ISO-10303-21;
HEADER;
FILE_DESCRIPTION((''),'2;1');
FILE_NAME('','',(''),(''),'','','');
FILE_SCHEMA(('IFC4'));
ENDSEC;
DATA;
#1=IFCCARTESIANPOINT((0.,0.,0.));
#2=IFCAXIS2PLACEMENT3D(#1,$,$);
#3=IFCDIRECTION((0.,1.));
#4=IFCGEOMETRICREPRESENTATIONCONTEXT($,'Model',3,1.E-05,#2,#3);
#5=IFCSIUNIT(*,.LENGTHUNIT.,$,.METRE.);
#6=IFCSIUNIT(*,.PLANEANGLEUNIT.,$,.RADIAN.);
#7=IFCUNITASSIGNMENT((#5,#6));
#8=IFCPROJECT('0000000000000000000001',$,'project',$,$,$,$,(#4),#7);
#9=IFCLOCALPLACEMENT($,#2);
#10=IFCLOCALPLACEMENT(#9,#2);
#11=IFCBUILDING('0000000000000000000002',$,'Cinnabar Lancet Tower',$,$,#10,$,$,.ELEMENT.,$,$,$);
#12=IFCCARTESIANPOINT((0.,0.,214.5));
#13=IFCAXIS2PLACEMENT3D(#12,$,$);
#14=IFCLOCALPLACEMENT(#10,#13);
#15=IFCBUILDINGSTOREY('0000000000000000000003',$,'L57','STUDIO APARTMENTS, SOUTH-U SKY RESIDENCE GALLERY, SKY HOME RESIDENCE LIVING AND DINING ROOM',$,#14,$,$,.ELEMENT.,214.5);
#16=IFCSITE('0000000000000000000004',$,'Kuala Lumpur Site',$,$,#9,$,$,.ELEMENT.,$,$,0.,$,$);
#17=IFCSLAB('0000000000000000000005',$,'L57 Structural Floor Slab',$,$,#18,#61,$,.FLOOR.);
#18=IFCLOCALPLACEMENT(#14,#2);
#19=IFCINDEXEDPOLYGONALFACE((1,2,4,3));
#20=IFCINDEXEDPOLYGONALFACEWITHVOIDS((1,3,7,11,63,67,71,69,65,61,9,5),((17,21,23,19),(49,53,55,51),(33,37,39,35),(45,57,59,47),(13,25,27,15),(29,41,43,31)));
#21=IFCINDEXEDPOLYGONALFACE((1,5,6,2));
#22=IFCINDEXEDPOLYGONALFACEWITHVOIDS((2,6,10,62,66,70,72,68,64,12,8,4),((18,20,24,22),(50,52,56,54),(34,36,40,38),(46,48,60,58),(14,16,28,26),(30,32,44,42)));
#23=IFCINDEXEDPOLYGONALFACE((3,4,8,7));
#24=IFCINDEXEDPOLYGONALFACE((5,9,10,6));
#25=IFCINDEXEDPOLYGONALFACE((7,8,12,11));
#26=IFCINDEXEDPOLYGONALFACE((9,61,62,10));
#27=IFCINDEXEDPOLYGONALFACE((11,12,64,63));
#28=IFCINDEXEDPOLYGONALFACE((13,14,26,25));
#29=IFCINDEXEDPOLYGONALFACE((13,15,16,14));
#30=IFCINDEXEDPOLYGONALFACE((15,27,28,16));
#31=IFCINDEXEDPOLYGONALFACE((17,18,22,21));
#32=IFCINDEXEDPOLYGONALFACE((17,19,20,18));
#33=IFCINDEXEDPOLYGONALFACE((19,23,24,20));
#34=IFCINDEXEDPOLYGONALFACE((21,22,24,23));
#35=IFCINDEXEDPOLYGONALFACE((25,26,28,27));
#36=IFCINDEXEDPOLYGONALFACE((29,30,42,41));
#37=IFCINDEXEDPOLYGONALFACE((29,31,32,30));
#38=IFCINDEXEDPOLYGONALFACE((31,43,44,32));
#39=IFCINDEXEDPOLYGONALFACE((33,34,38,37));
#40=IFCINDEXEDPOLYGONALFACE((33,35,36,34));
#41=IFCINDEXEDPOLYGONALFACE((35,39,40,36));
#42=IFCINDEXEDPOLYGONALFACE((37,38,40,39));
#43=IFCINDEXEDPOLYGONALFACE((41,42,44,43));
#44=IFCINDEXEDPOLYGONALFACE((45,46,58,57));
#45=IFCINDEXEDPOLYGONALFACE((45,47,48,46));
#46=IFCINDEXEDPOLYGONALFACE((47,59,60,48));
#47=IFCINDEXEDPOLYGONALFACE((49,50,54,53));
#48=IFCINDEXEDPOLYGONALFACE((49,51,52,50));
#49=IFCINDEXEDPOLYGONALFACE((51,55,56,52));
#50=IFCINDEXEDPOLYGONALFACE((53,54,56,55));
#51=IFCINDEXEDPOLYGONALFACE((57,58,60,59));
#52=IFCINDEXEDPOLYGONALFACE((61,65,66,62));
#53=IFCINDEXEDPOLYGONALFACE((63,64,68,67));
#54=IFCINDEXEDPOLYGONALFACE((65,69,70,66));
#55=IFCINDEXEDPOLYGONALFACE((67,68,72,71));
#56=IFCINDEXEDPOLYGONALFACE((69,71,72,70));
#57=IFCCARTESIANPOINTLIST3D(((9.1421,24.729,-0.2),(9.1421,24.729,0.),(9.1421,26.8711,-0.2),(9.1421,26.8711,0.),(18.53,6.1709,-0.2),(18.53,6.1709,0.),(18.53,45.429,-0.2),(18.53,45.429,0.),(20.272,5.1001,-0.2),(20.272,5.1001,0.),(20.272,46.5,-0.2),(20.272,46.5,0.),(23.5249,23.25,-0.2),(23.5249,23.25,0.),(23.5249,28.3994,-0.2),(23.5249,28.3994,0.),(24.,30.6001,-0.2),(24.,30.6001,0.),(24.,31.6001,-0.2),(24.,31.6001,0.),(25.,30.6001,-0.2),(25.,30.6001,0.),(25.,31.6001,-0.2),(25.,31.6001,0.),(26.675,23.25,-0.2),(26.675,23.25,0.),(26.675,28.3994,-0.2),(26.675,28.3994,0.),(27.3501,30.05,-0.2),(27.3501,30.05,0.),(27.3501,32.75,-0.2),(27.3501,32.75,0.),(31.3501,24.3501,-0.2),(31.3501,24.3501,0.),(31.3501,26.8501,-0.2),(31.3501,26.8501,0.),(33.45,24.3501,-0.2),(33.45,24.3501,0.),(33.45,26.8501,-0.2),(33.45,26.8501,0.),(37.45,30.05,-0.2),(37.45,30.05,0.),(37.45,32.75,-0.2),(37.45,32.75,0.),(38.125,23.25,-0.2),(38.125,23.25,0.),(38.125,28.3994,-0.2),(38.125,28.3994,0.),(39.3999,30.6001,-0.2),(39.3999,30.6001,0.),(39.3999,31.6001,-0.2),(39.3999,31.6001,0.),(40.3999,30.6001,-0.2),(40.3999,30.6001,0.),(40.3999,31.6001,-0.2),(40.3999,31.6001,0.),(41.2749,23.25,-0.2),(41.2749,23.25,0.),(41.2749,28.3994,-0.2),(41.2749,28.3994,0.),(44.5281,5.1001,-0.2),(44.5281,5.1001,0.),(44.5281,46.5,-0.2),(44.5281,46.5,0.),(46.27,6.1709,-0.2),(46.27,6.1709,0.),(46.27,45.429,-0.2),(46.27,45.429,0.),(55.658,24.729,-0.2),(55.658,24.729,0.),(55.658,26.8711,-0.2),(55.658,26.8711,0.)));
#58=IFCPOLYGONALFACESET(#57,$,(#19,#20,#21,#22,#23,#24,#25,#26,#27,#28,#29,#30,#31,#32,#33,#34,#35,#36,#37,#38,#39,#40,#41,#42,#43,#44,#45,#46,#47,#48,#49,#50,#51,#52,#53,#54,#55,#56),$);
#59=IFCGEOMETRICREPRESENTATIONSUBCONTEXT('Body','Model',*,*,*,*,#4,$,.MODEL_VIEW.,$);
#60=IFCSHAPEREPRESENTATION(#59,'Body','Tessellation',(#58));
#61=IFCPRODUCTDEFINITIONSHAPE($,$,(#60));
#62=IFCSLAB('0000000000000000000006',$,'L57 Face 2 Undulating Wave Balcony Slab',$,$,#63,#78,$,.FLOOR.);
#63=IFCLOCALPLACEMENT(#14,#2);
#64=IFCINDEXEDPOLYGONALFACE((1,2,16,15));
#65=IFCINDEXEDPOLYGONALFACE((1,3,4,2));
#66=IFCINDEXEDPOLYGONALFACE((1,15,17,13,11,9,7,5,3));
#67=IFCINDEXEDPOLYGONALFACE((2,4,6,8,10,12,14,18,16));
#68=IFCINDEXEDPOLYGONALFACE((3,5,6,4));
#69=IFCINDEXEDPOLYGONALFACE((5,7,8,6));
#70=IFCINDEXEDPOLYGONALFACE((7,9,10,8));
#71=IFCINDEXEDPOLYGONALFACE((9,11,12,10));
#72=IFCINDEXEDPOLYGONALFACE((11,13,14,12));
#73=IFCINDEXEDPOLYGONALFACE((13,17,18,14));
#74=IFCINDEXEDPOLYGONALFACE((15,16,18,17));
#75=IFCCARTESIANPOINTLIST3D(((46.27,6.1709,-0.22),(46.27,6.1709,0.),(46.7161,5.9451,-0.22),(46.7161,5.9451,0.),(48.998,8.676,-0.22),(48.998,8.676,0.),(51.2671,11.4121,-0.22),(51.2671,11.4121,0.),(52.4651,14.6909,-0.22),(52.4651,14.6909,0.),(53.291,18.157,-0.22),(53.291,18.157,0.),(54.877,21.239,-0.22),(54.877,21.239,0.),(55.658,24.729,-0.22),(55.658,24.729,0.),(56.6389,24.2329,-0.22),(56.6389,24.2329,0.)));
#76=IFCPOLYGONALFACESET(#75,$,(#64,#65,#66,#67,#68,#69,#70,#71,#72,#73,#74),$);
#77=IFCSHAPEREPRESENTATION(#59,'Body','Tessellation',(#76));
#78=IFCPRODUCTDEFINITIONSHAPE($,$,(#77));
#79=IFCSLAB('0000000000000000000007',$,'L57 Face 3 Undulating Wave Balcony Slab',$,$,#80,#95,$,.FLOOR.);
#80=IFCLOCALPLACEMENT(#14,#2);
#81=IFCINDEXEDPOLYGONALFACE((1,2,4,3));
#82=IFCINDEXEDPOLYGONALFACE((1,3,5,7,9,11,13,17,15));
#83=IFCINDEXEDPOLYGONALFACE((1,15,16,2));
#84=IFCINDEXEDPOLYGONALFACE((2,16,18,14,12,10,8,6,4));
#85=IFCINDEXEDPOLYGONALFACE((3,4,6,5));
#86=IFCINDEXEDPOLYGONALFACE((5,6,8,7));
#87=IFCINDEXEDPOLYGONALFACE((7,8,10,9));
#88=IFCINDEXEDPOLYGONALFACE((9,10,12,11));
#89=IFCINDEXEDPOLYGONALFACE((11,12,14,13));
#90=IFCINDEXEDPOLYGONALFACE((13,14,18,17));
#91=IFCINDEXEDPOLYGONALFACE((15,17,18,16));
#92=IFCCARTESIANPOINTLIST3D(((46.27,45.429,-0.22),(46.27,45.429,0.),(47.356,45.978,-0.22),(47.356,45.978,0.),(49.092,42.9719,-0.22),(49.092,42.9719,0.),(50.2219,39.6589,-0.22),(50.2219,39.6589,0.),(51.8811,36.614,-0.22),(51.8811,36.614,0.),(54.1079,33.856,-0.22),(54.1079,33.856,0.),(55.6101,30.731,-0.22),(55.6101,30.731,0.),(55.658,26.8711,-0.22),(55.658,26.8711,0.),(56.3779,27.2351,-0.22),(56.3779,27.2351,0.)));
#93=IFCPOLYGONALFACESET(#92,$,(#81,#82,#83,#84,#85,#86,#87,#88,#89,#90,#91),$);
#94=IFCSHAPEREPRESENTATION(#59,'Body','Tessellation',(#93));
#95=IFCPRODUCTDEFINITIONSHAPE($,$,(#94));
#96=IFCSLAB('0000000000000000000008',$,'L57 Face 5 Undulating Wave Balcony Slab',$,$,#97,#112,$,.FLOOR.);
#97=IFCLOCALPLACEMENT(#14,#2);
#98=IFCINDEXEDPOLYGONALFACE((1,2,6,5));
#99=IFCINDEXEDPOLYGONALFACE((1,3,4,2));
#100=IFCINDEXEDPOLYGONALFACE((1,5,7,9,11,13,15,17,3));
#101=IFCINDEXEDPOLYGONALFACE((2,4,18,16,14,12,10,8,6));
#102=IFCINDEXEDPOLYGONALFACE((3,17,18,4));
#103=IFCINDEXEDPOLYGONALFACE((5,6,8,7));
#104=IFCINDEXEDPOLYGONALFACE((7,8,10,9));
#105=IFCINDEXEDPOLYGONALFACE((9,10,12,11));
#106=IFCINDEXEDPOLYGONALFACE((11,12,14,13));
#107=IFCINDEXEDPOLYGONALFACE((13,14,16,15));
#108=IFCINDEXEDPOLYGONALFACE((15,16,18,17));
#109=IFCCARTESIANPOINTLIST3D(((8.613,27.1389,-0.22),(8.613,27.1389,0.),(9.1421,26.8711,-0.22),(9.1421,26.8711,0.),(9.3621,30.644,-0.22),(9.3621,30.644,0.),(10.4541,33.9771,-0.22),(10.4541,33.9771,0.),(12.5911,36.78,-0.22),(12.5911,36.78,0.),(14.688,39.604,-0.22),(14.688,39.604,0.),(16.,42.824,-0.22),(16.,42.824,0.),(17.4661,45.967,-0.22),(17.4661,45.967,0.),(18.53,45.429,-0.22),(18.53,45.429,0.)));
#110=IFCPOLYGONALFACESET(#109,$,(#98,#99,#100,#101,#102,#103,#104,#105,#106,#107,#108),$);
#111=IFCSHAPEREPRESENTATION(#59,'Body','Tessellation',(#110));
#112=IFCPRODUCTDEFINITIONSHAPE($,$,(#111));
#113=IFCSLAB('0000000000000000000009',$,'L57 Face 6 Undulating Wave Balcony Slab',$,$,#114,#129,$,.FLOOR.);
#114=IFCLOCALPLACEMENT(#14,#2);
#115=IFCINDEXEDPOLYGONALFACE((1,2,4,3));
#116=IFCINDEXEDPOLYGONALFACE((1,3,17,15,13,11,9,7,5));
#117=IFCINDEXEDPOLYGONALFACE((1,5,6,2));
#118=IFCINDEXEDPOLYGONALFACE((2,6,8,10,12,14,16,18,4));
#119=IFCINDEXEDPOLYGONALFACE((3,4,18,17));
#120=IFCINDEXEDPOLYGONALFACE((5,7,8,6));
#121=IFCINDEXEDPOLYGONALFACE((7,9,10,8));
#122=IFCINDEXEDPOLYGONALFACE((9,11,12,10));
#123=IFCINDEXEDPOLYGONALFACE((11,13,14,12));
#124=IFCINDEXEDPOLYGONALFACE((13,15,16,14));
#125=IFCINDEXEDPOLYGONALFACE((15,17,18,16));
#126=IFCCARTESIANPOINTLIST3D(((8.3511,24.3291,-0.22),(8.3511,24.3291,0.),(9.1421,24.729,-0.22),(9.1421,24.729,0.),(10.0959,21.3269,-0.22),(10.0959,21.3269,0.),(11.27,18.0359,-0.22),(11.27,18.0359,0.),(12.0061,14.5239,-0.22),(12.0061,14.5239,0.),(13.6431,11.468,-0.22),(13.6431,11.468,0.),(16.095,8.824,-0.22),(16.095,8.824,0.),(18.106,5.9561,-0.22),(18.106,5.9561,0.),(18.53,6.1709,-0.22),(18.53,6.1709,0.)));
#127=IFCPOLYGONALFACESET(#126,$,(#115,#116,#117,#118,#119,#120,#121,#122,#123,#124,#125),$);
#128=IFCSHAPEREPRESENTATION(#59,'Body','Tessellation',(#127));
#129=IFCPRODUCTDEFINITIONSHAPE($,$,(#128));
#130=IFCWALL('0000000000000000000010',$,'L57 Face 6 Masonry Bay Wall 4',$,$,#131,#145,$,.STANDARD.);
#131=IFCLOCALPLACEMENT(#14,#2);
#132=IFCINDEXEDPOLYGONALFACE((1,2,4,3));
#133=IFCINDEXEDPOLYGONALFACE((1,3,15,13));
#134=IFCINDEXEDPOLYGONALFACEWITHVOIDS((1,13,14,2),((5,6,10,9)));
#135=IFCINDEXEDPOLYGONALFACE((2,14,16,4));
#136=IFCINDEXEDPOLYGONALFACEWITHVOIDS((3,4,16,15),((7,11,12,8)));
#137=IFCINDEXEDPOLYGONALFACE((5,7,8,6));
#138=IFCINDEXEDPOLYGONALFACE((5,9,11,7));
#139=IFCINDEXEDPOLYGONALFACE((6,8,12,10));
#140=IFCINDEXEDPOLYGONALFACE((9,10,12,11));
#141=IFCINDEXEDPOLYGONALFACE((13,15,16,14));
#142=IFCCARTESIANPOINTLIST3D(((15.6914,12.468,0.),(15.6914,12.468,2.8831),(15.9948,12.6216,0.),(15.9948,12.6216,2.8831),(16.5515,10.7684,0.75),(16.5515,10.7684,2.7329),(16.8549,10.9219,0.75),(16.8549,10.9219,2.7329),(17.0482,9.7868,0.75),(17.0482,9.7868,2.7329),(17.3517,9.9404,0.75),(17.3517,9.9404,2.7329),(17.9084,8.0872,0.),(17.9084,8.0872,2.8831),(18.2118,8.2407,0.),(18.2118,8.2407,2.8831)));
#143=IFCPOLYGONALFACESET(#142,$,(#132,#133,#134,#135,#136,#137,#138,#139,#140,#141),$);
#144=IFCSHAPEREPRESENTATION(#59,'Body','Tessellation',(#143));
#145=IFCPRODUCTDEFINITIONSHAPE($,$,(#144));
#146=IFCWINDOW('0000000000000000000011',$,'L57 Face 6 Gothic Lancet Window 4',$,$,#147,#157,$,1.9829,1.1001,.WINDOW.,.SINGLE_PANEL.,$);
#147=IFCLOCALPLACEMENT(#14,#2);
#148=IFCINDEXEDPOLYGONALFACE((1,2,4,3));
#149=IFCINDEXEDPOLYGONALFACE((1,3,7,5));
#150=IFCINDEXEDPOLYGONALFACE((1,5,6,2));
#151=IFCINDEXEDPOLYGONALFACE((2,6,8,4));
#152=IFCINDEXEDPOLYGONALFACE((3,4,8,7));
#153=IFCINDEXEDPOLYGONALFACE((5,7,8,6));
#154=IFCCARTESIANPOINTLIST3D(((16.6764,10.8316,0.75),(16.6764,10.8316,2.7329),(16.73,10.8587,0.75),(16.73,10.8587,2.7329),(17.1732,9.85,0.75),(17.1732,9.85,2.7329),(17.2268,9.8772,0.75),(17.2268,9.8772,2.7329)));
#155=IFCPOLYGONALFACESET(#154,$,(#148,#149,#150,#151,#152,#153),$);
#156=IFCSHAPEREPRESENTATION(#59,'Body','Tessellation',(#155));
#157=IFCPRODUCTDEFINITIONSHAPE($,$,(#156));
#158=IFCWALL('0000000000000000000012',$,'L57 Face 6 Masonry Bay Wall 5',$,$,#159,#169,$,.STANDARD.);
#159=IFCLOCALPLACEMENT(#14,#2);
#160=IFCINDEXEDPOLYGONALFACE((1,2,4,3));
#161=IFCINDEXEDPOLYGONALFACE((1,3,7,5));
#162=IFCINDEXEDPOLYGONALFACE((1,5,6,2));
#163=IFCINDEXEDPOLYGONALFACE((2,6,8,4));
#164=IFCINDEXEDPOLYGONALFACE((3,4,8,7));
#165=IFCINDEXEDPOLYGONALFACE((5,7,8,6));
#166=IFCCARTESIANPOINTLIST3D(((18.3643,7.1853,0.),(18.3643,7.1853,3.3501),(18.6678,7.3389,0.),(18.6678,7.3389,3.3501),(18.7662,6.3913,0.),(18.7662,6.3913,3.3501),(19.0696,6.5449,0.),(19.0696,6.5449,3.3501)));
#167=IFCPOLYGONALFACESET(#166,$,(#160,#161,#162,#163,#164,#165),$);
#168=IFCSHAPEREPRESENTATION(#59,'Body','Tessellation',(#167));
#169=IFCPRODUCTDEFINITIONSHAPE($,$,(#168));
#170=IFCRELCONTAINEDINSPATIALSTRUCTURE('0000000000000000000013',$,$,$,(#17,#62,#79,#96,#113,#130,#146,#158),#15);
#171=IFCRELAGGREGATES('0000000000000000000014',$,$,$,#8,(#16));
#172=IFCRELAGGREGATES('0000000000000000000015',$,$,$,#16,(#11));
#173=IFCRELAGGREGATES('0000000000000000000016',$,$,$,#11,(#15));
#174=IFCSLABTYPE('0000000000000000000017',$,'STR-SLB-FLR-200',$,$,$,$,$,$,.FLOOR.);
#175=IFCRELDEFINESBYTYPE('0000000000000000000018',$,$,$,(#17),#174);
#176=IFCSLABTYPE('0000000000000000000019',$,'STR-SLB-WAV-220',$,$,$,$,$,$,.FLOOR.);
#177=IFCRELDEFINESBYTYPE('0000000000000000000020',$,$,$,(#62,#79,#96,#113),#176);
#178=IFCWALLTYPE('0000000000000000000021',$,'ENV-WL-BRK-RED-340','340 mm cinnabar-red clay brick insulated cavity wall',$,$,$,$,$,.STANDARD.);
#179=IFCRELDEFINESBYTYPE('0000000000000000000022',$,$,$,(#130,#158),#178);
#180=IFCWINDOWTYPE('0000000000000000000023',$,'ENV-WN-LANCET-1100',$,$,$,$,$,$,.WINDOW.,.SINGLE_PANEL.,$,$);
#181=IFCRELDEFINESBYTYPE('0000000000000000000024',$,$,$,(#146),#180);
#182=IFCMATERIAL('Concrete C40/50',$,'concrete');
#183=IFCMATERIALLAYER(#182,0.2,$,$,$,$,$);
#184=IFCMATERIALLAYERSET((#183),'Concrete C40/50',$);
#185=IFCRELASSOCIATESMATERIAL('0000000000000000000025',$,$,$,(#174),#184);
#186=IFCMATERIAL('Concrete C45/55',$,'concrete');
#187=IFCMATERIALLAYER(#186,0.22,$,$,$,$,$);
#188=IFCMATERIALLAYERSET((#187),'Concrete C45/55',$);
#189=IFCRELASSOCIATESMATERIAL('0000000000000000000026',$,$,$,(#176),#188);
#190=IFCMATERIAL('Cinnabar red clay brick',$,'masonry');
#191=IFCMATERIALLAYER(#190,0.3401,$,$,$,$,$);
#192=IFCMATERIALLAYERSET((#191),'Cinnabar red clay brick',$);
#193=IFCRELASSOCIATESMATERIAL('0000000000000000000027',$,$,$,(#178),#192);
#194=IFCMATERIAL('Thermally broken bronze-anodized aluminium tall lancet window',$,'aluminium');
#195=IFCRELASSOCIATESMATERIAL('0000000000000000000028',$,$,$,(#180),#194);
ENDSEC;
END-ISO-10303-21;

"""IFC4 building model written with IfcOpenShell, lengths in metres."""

from ifc_helpers import new_model, si_unit, direction, frame, frame_2d, origin, place, context, subcontext, project, spatial, polyline, rectangle, outline, extrude, material, layer, layer_set, type_object, element, fill, save


model = new_model("IFC4")

# Units and contexts
model_context = context("Model", 3, precision=1e-05, world=origin(), true_north=direction((0.0, 1.0)))
body_context = subcontext(model_context, "Body", "Model", "MODEL_VIEW")
ifc_project = project(units=[si_unit("LENGTHUNIT", "METRE"), si_unit("PLANEANGLEUNIT", "RADIAN")], contexts=[model_context])

# Site, building, storey
site_placement = place(None, origin())
site = spatial("IfcSite", under=ifc_project, at=site_placement, Name="Kuala Lumpur Site", CompositionType="ELEMENT", RefElevation=0.0)
building_placement = place(site_placement, origin())
building = spatial("IfcBuilding", under=site, at=building_placement, Name="Cinnabar Lancet Tower", CompositionType="ELEMENT")
storey_placement = place(building_placement, frame((0.0, 0.0, 214.5)))
storey = spatial("IfcBuildingStorey", under=building, at=storey_placement, Name="L57", Description="STUDIO APARTMENTS, SOUTH-U SKY RESIDENCE GALLERY, SKY HOME RESIDENCE LIVING AND DINING ROOM", CompositionType="ELEMENT", Elevation=214.5)

# Slabs
ifc_material_1 = material(Name="Concrete C40/50", Category="concrete")
ifc_layer_1 = layer(ifc_material_1, 0.2)
ifc_layer_set_1 = layer_set([ifc_layer_1], Name="Concrete C40/50")
slab_type_1 = type_object("IfcSlabType", Name="STR-SLB-FLR-200", PredefinedType="FLOOR", material=ifc_layer_set_1)
slab_1_placement = place(storey_placement, frame((0.0, 0.0, -0.2)))
element("IfcSlab", 1, at=slab_1_placement, inside=storey, type_object=slab_type_1, Name="L57 Structural Floor Slab", PredefinedType="FLOOR", context=body_context, shape_type="SweptSolid", body=[
    extrude(outline(polyline([(18.53, 6.1709), (20.272, 5.1001), (44.5281, 5.1001), (46.27, 6.1709), (55.658, 24.729), (55.658, 26.8711), (46.27, 45.429), (44.5281, 46.5), (20.272, 46.5), (18.53, 45.429), (9.1421, 26.8711), (9.1421, 24.729), (18.53, 6.1709)]), holes=[polyline([(23.5249, 23.25), (26.675, 23.25), (26.675, 28.3994), (23.5249, 28.3994), (23.5249, 23.25)]), polyline([(38.125, 23.25), (41.2749, 23.25), (41.2749, 28.3994), (38.125, 28.3994), (38.125, 23.25)]), polyline([(27.3501, 30.05), (37.45, 30.05), (37.45, 32.75), (27.3501, 32.75), (27.3501, 30.05)]), polyline([(31.3501, 24.3501), (33.45, 24.3501), (33.45, 26.8501), (31.3501, 26.8501), (31.3501, 24.3501)]), polyline([(24.0, 30.6001), (25.0, 30.6001), (25.0, 31.6001), (24.0, 31.6001), (24.0, 30.6001)]), polyline([(39.3999, 30.6001), (40.3999, 30.6001), (40.3999, 31.6001), (39.3999, 31.6001), (39.3999, 30.6001)])]), origin(), (0.0, 0.0, 1.0), 0.2),
])
ifc_material_2 = material(Name="Concrete C45/55", Category="concrete")
ifc_layer_2 = layer(ifc_material_2, 0.22)
ifc_layer_set_2 = layer_set([ifc_layer_2], Name="Concrete C45/55")
slab_type_2 = type_object("IfcSlabType", Name="STR-SLB-WAV-220", PredefinedType="FLOOR", material=ifc_layer_set_2)
slab_2_placement = place(storey_placement, frame((0.0, 0.0, -0.22)))
element("IfcSlab", 2, at=slab_2_placement, inside=storey, type_object=slab_type_2, Name="L57 Face 2 Undulating Wave Balcony Slab", PredefinedType="FLOOR", context=body_context, shape_type="SweptSolid", body=[
    extrude(outline(polyline([(46.27, 6.1709), (46.7161, 5.9451), (48.998, 8.676), (51.2671, 11.4121), (52.4651, 14.6909), (53.291, 18.157), (54.877, 21.239), (56.6389, 24.2329), (55.658, 24.729), (46.27, 6.1709)])), origin(), (0.0, 0.0, 1.0), 0.22),
])
slab_3_placement = place(storey_placement, frame((0.0, 0.0, -0.22)))
element("IfcSlab", 3, at=slab_3_placement, inside=storey, type_object=slab_type_2, Name="L57 Face 3 Undulating Wave Balcony Slab", PredefinedType="FLOOR", context=body_context, shape_type="SweptSolid", body=[
    extrude(outline(polyline([(55.658, 26.8711), (56.3779, 27.2351), (55.6101, 30.731), (54.1079, 33.856), (51.8811, 36.614), (50.2219, 39.6589), (49.092, 42.9719), (47.356, 45.978), (46.27, 45.429), (55.658, 26.8711)])), origin(), (0.0, 0.0, 1.0), 0.22),
])
slab_4_placement = place(storey_placement, frame((0.0, 0.0, -0.22)))
element("IfcSlab", 4, at=slab_4_placement, inside=storey, type_object=slab_type_2, Name="L57 Face 5 Undulating Wave Balcony Slab", PredefinedType="FLOOR", context=body_context, shape_type="SweptSolid", body=[
    extrude(outline(polyline([(18.53, 45.429), (17.4661, 45.967), (16.0, 42.824), (14.688, 39.604), (12.5911, 36.78), (10.4541, 33.9771), (9.3621, 30.644), (8.613, 27.1389), (9.1421, 26.8711), (18.53, 45.429)])), origin(), (0.0, 0.0, 1.0), 0.22),
])
slab_5_placement = place(storey_placement, frame((0.0, 0.0, -0.22)))
element("IfcSlab", 5, at=slab_5_placement, inside=storey, type_object=slab_type_2, Name="L57 Face 6 Undulating Wave Balcony Slab", PredefinedType="FLOOR", context=body_context, shape_type="SweptSolid", body=[
    extrude(outline(polyline([(9.1421, 24.729), (8.3511, 24.3291), (10.0959, 21.3269), (11.27, 18.0359), (12.0061, 14.5239), (13.6431, 11.468), (16.095, 8.824), (18.106, 5.9561), (18.53, 6.1709), (9.1421, 24.729)])), origin(), (0.0, 0.0, 1.0), 0.22),
])

# Wall, opening, window
ifc_material_3 = material(Name="Cinnabar red clay brick", Category="masonry")
ifc_layer_3 = layer(ifc_material_3, 0.3401)
ifc_layer_set_3 = layer_set([ifc_layer_3], Name="Cinnabar red clay brick")
wall_type = type_object("IfcWallType", Name="ENV-WL-BRK-RED-340", Description="340 mm cinnabar-red clay brick insulated cavity wall", PredefinedType="STANDARD", material=ifc_layer_set_3)
wall_1_placement = place(storey_placement, frame((15.843, 12.5449, 0.0), z_axis=(0.0, 0.0, 1.0), x_axis=(0.451544, -0.892249, 0.0)))
wall_1 = element("IfcWall", 6, at=wall_1_placement, inside=storey, type_object=wall_type, Name="L57 Face 6 Masonry Bay Wall 4", PredefinedType="STANDARD", context=body_context, shape_type="SweptSolid", body=[
    extrude(rectangle(XDim=4.9099, YDim=0.3401, at=frame_2d((2.4551, 0.0))), origin(), (0.0, 0.0, 1.0), 2.8831),
])
opening_placement = place(wall_1_placement, frame((1.905, 0.0, 0.75)))
opening = element("IfcOpeningElement", 7, at=opening_placement, cuts=wall_1, PredefinedType="OPENING", context=body_context, shape_type="SweptSolid", body=[
    extrude(rectangle(XDim=1.1001, YDim=1.9829, at=frame_2d((0.55, 0.9915))), frame((0.0, 0.1799, 0.0), z_axis=(0.0, -1.0, 0.0), x_axis=(1.0, 0.0, 0.0)), (0.0, 0.0, 1.0), 0.3601),
])
ifc_material_4 = material(Name="Thermally broken bronze-anodized aluminium tall lancet window", Category="aluminium")
window_type = type_object("IfcWindowType", Name="ENV-WN-LANCET-1100", PartitioningType="SINGLE_PANEL", PredefinedType="WINDOW", material=ifc_material_4)
window_placement = place(opening_placement, origin())
window = element("IfcWindow", 8, at=window_placement, inside=storey, type_object=window_type, Name="L57 Face 6 Gothic Lancet Window 4", OverallHeight=1.9829, OverallWidth=1.1001, PartitioningType="SINGLE_PANEL", PredefinedType="WINDOW", context=body_context, shape_type="SweptSolid", body=[
    extrude(rectangle(XDim=1.1001, YDim=1.9829, at=frame_2d((0.55, 0.9915))), frame((0.0, 0.03, 0.0), z_axis=(0.0, -1.0, 0.0), x_axis=(1.0, 0.0, 0.0)), (0.0, 0.0, 1.0), 0.0601),
])
fill(opening, window)

# Wall
wall_2_placement = place(storey_placement, frame((18.5161, 7.262, 0.0), z_axis=(0.0, 0.0, 1.0), x_axis=(0.451598, -0.892222, 0.0)))
element("IfcWall", 9, at=wall_2_placement, inside=storey, type_object=wall_type, Name="L57 Face 6 Masonry Bay Wall 5", PredefinedType="STANDARD", context=body_context, shape_type="SweptSolid", body=[
    extrude(rectangle(XDim=0.8899, YDim=0.3401, at=frame_2d((0.4448, 0.0))), origin(), (0.0, 0.0, 1.0), 3.3501),
])

save(model, "model.ifc")
